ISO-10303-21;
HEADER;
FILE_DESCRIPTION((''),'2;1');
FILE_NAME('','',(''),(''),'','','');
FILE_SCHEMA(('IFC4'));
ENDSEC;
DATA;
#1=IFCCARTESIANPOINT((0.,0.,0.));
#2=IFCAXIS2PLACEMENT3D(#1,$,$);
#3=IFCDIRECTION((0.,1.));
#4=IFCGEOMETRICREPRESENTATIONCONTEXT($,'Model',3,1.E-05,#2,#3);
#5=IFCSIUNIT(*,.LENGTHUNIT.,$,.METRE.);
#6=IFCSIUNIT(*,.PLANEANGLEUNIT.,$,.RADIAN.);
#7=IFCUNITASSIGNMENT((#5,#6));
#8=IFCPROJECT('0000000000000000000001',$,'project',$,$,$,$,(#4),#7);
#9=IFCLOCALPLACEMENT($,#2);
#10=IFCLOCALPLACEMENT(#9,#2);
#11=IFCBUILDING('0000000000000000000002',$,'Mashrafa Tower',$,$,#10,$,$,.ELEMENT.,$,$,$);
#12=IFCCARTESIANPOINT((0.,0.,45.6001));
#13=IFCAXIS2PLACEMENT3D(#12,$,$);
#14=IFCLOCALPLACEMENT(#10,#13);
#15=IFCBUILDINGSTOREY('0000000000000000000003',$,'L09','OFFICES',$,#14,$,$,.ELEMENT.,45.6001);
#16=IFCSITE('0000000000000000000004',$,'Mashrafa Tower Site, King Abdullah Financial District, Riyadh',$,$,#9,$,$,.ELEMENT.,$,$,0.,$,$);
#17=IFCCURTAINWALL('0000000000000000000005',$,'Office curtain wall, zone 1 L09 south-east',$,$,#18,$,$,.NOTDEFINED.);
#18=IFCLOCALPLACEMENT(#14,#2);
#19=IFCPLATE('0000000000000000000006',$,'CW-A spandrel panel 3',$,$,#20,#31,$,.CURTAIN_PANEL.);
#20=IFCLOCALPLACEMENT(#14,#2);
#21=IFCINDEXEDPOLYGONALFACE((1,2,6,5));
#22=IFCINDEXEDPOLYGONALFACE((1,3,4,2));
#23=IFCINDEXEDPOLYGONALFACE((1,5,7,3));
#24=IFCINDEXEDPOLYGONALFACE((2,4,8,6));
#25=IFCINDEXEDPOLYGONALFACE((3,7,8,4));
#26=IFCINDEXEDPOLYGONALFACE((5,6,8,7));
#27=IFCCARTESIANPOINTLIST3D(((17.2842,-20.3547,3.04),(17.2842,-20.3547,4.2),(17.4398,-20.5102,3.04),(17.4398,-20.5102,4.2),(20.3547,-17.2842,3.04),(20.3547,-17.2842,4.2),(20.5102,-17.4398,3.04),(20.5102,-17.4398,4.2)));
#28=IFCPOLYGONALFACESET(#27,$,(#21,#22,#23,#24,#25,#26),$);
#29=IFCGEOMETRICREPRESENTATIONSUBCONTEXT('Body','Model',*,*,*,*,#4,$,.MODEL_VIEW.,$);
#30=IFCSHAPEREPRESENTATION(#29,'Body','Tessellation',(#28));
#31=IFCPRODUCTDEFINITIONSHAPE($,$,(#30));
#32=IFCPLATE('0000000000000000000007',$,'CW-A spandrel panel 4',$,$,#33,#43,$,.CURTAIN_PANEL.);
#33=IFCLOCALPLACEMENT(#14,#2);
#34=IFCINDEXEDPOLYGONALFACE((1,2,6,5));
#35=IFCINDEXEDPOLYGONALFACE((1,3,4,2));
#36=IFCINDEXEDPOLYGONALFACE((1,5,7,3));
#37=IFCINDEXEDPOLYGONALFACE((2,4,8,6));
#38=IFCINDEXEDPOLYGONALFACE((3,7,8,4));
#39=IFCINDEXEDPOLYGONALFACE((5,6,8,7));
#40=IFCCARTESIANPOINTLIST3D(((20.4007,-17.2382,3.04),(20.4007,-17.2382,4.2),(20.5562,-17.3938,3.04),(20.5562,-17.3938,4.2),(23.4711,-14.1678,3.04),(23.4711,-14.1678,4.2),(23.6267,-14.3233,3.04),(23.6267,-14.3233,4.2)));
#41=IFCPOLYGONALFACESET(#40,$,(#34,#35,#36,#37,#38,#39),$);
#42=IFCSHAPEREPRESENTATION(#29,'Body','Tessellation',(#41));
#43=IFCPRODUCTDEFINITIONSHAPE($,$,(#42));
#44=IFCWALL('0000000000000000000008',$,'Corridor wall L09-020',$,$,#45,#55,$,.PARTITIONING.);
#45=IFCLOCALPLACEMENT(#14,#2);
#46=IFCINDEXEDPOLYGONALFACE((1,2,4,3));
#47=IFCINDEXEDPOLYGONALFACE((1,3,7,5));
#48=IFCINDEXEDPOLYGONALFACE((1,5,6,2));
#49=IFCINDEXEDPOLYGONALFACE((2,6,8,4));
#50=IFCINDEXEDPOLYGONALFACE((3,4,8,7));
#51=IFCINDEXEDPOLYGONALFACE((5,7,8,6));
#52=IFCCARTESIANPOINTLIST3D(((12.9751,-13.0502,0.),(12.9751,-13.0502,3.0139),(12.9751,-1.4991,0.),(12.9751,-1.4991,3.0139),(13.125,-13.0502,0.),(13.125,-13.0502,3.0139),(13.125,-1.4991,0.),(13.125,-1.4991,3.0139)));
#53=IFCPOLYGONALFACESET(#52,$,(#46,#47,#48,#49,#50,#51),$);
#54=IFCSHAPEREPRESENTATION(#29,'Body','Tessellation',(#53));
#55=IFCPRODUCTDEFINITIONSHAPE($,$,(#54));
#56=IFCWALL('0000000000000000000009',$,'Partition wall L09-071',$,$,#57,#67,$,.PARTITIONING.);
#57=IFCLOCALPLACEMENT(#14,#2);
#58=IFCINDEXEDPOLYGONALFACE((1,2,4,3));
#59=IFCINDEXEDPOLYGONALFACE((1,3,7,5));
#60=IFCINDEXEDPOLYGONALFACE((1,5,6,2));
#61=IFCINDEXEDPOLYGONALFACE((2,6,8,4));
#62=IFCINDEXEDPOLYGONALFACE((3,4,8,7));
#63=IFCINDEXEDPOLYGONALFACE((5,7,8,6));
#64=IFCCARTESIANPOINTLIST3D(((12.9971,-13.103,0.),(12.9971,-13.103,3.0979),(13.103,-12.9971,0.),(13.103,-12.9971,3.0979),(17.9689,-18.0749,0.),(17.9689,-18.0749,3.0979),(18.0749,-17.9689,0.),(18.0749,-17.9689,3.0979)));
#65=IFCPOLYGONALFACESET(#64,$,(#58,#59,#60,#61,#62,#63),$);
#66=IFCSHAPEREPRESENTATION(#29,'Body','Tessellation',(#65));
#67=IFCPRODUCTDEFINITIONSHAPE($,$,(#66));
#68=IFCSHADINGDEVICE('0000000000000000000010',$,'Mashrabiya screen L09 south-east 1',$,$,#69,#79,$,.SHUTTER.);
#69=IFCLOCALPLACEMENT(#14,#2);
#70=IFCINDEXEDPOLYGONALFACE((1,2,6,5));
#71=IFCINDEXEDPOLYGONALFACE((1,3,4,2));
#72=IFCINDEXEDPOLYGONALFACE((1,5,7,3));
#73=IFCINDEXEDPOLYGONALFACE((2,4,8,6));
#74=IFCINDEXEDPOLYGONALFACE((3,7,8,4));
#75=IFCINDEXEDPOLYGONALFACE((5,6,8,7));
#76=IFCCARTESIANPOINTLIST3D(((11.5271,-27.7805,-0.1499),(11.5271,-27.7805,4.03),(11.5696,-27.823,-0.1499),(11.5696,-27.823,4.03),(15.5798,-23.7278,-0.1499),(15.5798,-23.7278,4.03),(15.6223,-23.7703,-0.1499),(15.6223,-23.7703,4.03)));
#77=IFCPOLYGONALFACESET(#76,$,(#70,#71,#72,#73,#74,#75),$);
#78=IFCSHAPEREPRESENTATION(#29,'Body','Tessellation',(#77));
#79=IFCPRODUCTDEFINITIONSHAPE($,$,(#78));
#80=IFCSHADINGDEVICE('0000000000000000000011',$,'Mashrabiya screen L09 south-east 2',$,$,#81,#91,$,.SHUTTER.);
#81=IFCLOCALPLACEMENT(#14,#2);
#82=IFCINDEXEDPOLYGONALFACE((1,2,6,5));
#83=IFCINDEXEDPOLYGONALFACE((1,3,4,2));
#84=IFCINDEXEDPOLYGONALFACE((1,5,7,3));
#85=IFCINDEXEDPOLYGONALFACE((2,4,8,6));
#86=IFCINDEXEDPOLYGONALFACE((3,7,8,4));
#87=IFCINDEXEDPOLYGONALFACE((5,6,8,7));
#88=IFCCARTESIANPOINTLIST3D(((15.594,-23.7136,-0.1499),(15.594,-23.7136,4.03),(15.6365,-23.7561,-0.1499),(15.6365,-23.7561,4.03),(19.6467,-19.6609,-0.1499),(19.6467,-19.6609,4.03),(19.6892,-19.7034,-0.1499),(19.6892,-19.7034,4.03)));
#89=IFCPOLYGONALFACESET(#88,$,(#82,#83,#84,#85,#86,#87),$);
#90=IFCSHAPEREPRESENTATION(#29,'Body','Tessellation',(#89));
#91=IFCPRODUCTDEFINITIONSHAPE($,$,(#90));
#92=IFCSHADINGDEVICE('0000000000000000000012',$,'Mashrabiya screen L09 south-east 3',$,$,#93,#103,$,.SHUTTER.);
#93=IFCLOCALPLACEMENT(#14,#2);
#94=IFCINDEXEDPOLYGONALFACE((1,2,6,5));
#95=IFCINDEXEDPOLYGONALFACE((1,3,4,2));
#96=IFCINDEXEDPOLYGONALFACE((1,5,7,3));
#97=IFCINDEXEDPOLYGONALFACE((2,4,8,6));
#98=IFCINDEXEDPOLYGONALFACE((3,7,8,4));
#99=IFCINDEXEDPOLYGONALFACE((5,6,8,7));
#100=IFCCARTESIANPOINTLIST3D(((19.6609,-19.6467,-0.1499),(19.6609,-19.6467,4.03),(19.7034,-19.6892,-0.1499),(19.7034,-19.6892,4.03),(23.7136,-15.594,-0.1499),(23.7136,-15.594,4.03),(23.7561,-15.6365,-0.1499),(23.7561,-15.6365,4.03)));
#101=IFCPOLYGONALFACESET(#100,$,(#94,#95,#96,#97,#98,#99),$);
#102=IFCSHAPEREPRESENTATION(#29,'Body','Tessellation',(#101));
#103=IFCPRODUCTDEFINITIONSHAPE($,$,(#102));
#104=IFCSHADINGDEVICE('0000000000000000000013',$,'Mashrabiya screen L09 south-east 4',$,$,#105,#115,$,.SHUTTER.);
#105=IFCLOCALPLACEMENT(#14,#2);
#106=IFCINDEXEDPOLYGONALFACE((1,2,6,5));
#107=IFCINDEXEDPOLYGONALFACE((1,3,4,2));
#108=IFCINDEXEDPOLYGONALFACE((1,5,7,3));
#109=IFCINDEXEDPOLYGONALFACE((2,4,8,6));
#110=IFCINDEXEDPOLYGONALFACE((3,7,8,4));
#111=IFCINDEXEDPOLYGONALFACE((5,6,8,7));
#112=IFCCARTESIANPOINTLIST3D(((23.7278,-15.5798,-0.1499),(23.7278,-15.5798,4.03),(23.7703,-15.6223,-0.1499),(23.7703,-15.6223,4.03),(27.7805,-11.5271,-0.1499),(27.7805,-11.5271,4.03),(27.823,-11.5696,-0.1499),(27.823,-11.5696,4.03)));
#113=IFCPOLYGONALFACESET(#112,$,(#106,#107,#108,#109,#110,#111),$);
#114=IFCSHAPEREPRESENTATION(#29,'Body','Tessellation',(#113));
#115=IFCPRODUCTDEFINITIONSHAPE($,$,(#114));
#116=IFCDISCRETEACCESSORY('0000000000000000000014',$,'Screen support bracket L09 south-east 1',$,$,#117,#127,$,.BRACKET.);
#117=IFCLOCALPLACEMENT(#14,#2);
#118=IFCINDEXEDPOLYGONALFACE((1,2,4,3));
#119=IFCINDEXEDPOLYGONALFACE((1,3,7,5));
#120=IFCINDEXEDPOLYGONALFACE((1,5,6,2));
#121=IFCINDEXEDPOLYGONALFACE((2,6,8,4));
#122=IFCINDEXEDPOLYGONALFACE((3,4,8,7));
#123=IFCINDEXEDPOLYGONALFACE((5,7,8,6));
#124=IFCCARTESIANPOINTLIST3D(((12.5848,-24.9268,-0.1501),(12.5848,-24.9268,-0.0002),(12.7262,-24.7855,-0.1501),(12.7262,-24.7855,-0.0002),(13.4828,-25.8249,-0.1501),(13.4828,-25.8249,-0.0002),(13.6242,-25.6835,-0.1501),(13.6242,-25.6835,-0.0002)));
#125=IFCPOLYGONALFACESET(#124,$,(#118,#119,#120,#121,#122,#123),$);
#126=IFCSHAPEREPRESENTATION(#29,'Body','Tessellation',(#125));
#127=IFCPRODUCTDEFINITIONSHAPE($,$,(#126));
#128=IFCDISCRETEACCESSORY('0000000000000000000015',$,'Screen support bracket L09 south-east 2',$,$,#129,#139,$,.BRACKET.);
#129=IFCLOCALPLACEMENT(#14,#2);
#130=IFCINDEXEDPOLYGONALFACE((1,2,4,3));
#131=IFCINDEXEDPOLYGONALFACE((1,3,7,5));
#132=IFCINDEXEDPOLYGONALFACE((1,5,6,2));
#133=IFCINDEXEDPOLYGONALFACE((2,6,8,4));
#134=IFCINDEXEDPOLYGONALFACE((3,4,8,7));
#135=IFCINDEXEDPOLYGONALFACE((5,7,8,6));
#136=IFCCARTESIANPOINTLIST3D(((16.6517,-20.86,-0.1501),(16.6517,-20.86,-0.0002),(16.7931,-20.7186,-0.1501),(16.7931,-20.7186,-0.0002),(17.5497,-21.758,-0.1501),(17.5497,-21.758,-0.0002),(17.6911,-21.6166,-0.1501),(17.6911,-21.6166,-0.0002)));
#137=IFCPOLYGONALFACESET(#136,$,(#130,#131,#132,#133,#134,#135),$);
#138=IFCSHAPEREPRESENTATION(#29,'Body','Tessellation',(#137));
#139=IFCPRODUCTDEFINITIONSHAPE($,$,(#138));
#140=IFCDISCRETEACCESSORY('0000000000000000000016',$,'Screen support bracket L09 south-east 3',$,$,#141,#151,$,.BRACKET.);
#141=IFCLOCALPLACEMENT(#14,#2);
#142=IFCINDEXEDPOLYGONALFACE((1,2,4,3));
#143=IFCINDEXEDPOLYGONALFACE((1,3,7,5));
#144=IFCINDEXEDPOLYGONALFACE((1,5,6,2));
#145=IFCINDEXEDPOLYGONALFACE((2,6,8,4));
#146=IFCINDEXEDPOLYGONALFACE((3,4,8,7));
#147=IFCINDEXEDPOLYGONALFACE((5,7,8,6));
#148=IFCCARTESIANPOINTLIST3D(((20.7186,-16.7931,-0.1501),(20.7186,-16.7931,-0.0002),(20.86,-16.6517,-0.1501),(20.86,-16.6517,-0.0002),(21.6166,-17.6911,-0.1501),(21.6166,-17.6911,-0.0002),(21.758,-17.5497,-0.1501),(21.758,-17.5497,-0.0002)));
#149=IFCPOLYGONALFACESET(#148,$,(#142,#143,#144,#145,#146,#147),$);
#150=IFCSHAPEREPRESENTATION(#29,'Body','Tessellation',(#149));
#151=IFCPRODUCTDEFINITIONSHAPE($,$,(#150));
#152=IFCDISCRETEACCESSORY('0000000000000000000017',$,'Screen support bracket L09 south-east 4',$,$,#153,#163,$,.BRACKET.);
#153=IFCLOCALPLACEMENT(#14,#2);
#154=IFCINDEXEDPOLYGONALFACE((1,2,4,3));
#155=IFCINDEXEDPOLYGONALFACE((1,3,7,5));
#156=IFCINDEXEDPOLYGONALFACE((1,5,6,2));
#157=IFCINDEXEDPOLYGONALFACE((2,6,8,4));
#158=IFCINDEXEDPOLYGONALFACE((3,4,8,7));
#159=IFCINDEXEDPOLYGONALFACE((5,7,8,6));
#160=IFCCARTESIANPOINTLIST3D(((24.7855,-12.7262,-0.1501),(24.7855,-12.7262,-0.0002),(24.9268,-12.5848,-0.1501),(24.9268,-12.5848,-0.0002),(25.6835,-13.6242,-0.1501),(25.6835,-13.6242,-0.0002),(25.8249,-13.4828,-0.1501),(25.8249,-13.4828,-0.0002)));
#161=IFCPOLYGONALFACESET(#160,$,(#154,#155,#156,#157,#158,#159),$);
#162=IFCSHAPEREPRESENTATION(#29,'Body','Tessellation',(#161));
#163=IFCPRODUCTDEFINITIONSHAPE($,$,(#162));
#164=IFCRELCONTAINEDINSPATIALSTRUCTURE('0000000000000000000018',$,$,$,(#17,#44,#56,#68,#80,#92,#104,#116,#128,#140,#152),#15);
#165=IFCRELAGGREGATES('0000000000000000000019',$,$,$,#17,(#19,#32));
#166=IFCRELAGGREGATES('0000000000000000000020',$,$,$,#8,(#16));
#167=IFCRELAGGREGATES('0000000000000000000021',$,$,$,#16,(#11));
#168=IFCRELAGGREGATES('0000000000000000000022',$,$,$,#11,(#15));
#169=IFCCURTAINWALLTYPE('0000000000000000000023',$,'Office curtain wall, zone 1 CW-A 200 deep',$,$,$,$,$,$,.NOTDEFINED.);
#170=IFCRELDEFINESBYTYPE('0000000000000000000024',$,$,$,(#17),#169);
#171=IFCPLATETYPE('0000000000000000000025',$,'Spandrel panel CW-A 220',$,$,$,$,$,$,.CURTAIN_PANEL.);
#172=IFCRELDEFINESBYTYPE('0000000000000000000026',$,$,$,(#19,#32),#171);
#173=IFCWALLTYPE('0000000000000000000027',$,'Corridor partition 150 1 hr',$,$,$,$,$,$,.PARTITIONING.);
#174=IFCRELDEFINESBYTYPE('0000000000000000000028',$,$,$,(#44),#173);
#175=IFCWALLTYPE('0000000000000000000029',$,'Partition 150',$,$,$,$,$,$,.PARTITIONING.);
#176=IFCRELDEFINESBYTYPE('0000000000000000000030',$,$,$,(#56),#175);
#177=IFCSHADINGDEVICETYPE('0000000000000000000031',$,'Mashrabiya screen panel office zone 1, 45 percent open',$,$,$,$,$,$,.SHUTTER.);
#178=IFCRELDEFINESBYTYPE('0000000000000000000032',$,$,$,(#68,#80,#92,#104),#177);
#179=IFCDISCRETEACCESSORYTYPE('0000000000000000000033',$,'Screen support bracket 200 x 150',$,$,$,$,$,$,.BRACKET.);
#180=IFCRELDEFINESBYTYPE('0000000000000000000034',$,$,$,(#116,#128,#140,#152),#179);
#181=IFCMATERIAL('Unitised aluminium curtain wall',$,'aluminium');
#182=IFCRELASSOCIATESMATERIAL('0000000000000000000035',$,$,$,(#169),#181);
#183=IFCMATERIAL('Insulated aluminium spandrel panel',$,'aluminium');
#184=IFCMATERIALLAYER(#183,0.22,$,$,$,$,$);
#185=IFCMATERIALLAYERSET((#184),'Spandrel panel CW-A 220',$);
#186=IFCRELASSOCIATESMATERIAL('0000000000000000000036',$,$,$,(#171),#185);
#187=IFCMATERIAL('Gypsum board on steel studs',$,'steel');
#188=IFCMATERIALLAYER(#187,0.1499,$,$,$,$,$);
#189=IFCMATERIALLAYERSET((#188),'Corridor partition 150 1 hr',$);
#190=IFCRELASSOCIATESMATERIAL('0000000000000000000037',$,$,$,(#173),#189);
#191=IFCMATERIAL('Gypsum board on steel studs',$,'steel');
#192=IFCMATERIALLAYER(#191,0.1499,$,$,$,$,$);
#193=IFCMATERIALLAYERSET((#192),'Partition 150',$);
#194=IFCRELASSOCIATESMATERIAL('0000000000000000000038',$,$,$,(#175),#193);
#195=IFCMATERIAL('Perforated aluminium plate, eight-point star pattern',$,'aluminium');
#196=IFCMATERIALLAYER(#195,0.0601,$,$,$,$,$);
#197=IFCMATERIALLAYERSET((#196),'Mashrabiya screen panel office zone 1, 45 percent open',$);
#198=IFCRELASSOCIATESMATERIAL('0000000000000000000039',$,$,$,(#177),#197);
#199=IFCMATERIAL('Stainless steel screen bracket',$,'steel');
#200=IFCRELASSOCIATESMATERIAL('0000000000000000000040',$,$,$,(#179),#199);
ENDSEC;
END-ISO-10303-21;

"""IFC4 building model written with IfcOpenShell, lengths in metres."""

from ifc_helpers import new_model, si_unit, direction, frame, frame_2d, origin, origin_2d, place, context, subcontext, project, spatial, rectangle, extrude, source, transform, mapped, material, layer, layer_set, type_object, type_shapes, element, aggregate, save


model = new_model("IFC4")

# Units and contexts
model_context = context("Model", 3, precision=1e-05, world=origin(), true_north=direction((0.0, 1.0)))
body_context = subcontext(model_context, "Body", "Model", "MODEL_VIEW")
ifc_project = project(units=[si_unit("LENGTHUNIT", "METRE"), si_unit("PLANEANGLEUNIT", "RADIAN")], contexts=[model_context])

# Site, building, storey
site_placement = place(None, origin())
site = spatial("IfcSite", under=ifc_project, at=site_placement, Name="Mashrafa Tower Site, King Abdullah Financial District, Riyadh", CompositionType="ELEMENT", RefElevation=0.0)
building_placement = place(site_placement, origin())
building = spatial("IfcBuilding", under=site, at=building_placement, Name="Mashrafa Tower", CompositionType="ELEMENT")
storey_placement = place(building_placement, frame((0.0, 0.0, 45.6001)))
storey = spatial("IfcBuildingStorey", under=building, at=storey_placement, Name="L09", Description="OFFICES", CompositionType="ELEMENT", Elevation=45.6001)

# Curtain wall, plates
ifc_material_1 = material(Name="Unitised aluminium curtain wall", Category="aluminium")
curtain_wall_type = type_object("IfcCurtainWallType", Name="Office curtain wall, zone 1 CW-A 200 deep", PredefinedType="NOTDEFINED", material=ifc_material_1)
curtain_wall_placement = place(storey_placement, origin())
curtain_wall = element("IfcCurtainWall", 1, at=curtain_wall_placement, inside=storey, type_object=curtain_wall_type, Name="Office curtain wall, zone 1 L09 south-east", PredefinedType="NOTDEFINED")
ifc_material_2 = material(Name="Insulated aluminium spandrel panel", Category="aluminium")
ifc_layer_1 = layer(ifc_material_2, 0.22)
ifc_layer_set_1 = layer_set([ifc_layer_1], Name="Spandrel panel CW-A 220")
plate_type_1 = type_object("IfcPlateType", Name="Spandrel panel CW-A 220", PredefinedType="CURTAIN_PANEL", material=ifc_layer_set_1)
shared_shape_1 = source(origin(), body_context, "Body", "SweptSolid", [
    extrude(rectangle(XDim=4.3423, YDim=0.22, at=origin_2d()), origin(), (0.0, 0.0, 1.0), 1.1599),
])
plate_1_placement = place(storey_placement, frame((18.8972, -18.8972, 3.04), z_axis=(0.0, 0.0, 1.0), x_axis=(0.707107, 0.707107, 0.0)))
plate_1 = element("IfcPlate", 2, at=plate_1_placement, type_object=plate_type_1, Name="CW-A spandrel panel 3", PredefinedType="CURTAIN_PANEL", context=body_context, shape_type="MappedRepresentation", body=[
    mapped(shared_shape_1, transform((0.0, 0.0, 0.0))),
])
plate_2_placement = place(storey_placement, frame((22.0137, -15.7808, 3.04), z_axis=(0.0, 0.0, 1.0), x_axis=(0.707107, 0.707107, 0.0)))
plate_2 = element("IfcPlate", 3, at=plate_2_placement, type_object=plate_type_1, Name="CW-A spandrel panel 4", PredefinedType="CURTAIN_PANEL", context=body_context, shape_type="MappedRepresentation", body=[
    mapped(shared_shape_1, transform((0.0, 0.0, 0.0))),
])
aggregate(curtain_wall, [plate_1, plate_2])

# Walls
ifc_material_3 = material(Name="Gypsum board on steel studs", Category="steel")
ifc_layer_2 = layer(ifc_material_3, 0.1499)
ifc_layer_set_2 = layer_set([ifc_layer_2], Name="Corridor partition 150 1 hr")
wall_type_1 = type_object("IfcWallType", Name="Corridor partition 150 1 hr", PredefinedType="PARTITIONING", material=ifc_layer_set_2)
wall_1_placement = place(storey_placement, frame((13.05, -13.05, 0.0), z_axis=(0.0, 0.0, 1.0), x_axis=(0.0, 1.0, 0.0)))
element("IfcWall", 4, at=wall_1_placement, inside=storey, type_object=wall_type_1, Name="Corridor wall L09-020", PredefinedType="PARTITIONING", context=body_context, shape_type="SweptSolid", body=[
    extrude(rectangle(XDim=11.551, YDim=0.1499, at=frame_2d((5.7754, 0.0))), origin(), (0.0, 0.0, 1.0), 3.0139),
])
ifc_material_4 = material(Name="Gypsum board on steel studs", Category="steel")
ifc_layer_3 = layer(ifc_material_4, 0.1499)
ifc_layer_set_3 = layer_set([ifc_layer_3], Name="Partition 150")
wall_type_2 = type_object("IfcWallType", Name="Partition 150", PredefinedType="PARTITIONING", material=ifc_layer_set_3)
wall_2_placement = place(storey_placement, frame((13.05, -13.05, 0.0), z_axis=(0.0, 0.0, 1.0), x_axis=(0.707107, -0.707107, 0.0)))
element("IfcWall", 5, at=wall_2_placement, inside=storey, type_object=wall_type_2, Name="Partition wall L09-071", PredefinedType="PARTITIONING", context=body_context, shape_type="SweptSolid", body=[
    extrude(rectangle(XDim=7.0312, YDim=0.1499, at=frame_2d((3.5156, 0.0))), origin(), (0.0, 0.0, 1.0), 3.0979),
])

# Shading devices
ifc_material_5 = material(Name="Perforated aluminium plate, eight-point star pattern", Category="aluminium")
ifc_layer_4 = layer(ifc_material_5, 0.0601)
ifc_layer_set_4 = layer_set([ifc_layer_4], Name="Mashrabiya screen panel office zone 1, 45 percent open")
shading_device_type = type_object("IfcShadingDeviceType", Name="Mashrabiya screen panel office zone 1, 45 percent open", PredefinedType="SHUTTER", material=ifc_layer_set_4)
shared_shape_2 = source(origin(), body_context, "Body", "SweptSolid", [
    extrude(rectangle(XDim=5.7314, YDim=0.0601, at=origin_2d()), origin(), (0.0, 0.0, 1.0), 4.1799),
])
type_shapes(shading_device_type, [shared_shape_2])
for number, where, z_axis, x_axis, name in (
    (6, (13.5747, -25.7754, -0.1499), (0.0, 0.0, 1.0), (0.707107, 0.707107, 0.0), "Mashrabiya screen L09 south-east 1"),
    (7, (17.6416, -21.7085, -0.1499), (0.0, 0.0, 1.0), (0.707107, 0.707107, 0.0), "Mashrabiya screen L09 south-east 2"),
    (8, (21.7085, -17.6416, -0.1499), (0.0, 0.0, 1.0), (0.707107, 0.707107, 0.0), "Mashrabiya screen L09 south-east 3"),
    (9, (25.7754, -13.5747, -0.1499), (0.0, 0.0, 1.0), (0.707107, 0.707107, 0.0), "Mashrabiya screen L09 south-east 4"),
):
    element("IfcShadingDevice", number, at=place(storey_placement, frame(where, z_axis=z_axis, x_axis=x_axis)), inside=storey, type_object=shading_device_type, Name=name, PredefinedType="SHUTTER", context=body_context, shape_type="MappedRepresentation", body=[
        mapped(shared_shape_2, transform((0.0, 0.0, 0.0))),
    ])

# Discrete accessories
ifc_material_6 = material(Name="Stainless steel screen bracket", Category="steel")
discrete_accessory_type = type_object("IfcDiscreteAccessoryType", Name="Screen support bracket 200 x 150", PredefinedType="BRACKET", material=ifc_material_6)
shared_shape_3 = source(origin(), body_context, "Body", "SweptSolid", [
    extrude(rectangle(XDim=0.2, YDim=1.27, at=origin_2d()), origin(), (0.0, 0.0, 1.0), 0.1499),
])
type_shapes(discrete_accessory_type, [shared_shape_3])
for number, where, z_axis, x_axis, name in (
    (10, (13.1045, -25.3052, -0.1501), (0.0, 0.0, 1.0), (0.707107, 0.707107, 0.0), "Screen support bracket L09 south-east 1"),
    (11, (17.1714, -21.2383, -0.1501), (0.0, 0.0, 1.0), (0.707107, 0.707107, 0.0), "Screen support bracket L09 south-east 2"),
    (12, (21.2383, -17.1714, -0.1501), (0.0, 0.0, 1.0), (0.707107, 0.707107, 0.0), "Screen support bracket L09 south-east 3"),
    (13, (25.3052, -13.1045, -0.1501), (0.0, 0.0, 1.0), (0.707107, 0.707107, 0.0), "Screen support bracket L09 south-east 4"),
):
    element("IfcDiscreteAccessory", number, at=place(storey_placement, frame(where, z_axis=z_axis, x_axis=x_axis)), inside=storey, type_object=discrete_accessory_type, Name=name, PredefinedType="BRACKET", context=body_context, shape_type="MappedRepresentation", body=[
        mapped(shared_shape_3, transform((0.0, 0.0, 0.0))),
    ])

save(model, "model.ifc")
